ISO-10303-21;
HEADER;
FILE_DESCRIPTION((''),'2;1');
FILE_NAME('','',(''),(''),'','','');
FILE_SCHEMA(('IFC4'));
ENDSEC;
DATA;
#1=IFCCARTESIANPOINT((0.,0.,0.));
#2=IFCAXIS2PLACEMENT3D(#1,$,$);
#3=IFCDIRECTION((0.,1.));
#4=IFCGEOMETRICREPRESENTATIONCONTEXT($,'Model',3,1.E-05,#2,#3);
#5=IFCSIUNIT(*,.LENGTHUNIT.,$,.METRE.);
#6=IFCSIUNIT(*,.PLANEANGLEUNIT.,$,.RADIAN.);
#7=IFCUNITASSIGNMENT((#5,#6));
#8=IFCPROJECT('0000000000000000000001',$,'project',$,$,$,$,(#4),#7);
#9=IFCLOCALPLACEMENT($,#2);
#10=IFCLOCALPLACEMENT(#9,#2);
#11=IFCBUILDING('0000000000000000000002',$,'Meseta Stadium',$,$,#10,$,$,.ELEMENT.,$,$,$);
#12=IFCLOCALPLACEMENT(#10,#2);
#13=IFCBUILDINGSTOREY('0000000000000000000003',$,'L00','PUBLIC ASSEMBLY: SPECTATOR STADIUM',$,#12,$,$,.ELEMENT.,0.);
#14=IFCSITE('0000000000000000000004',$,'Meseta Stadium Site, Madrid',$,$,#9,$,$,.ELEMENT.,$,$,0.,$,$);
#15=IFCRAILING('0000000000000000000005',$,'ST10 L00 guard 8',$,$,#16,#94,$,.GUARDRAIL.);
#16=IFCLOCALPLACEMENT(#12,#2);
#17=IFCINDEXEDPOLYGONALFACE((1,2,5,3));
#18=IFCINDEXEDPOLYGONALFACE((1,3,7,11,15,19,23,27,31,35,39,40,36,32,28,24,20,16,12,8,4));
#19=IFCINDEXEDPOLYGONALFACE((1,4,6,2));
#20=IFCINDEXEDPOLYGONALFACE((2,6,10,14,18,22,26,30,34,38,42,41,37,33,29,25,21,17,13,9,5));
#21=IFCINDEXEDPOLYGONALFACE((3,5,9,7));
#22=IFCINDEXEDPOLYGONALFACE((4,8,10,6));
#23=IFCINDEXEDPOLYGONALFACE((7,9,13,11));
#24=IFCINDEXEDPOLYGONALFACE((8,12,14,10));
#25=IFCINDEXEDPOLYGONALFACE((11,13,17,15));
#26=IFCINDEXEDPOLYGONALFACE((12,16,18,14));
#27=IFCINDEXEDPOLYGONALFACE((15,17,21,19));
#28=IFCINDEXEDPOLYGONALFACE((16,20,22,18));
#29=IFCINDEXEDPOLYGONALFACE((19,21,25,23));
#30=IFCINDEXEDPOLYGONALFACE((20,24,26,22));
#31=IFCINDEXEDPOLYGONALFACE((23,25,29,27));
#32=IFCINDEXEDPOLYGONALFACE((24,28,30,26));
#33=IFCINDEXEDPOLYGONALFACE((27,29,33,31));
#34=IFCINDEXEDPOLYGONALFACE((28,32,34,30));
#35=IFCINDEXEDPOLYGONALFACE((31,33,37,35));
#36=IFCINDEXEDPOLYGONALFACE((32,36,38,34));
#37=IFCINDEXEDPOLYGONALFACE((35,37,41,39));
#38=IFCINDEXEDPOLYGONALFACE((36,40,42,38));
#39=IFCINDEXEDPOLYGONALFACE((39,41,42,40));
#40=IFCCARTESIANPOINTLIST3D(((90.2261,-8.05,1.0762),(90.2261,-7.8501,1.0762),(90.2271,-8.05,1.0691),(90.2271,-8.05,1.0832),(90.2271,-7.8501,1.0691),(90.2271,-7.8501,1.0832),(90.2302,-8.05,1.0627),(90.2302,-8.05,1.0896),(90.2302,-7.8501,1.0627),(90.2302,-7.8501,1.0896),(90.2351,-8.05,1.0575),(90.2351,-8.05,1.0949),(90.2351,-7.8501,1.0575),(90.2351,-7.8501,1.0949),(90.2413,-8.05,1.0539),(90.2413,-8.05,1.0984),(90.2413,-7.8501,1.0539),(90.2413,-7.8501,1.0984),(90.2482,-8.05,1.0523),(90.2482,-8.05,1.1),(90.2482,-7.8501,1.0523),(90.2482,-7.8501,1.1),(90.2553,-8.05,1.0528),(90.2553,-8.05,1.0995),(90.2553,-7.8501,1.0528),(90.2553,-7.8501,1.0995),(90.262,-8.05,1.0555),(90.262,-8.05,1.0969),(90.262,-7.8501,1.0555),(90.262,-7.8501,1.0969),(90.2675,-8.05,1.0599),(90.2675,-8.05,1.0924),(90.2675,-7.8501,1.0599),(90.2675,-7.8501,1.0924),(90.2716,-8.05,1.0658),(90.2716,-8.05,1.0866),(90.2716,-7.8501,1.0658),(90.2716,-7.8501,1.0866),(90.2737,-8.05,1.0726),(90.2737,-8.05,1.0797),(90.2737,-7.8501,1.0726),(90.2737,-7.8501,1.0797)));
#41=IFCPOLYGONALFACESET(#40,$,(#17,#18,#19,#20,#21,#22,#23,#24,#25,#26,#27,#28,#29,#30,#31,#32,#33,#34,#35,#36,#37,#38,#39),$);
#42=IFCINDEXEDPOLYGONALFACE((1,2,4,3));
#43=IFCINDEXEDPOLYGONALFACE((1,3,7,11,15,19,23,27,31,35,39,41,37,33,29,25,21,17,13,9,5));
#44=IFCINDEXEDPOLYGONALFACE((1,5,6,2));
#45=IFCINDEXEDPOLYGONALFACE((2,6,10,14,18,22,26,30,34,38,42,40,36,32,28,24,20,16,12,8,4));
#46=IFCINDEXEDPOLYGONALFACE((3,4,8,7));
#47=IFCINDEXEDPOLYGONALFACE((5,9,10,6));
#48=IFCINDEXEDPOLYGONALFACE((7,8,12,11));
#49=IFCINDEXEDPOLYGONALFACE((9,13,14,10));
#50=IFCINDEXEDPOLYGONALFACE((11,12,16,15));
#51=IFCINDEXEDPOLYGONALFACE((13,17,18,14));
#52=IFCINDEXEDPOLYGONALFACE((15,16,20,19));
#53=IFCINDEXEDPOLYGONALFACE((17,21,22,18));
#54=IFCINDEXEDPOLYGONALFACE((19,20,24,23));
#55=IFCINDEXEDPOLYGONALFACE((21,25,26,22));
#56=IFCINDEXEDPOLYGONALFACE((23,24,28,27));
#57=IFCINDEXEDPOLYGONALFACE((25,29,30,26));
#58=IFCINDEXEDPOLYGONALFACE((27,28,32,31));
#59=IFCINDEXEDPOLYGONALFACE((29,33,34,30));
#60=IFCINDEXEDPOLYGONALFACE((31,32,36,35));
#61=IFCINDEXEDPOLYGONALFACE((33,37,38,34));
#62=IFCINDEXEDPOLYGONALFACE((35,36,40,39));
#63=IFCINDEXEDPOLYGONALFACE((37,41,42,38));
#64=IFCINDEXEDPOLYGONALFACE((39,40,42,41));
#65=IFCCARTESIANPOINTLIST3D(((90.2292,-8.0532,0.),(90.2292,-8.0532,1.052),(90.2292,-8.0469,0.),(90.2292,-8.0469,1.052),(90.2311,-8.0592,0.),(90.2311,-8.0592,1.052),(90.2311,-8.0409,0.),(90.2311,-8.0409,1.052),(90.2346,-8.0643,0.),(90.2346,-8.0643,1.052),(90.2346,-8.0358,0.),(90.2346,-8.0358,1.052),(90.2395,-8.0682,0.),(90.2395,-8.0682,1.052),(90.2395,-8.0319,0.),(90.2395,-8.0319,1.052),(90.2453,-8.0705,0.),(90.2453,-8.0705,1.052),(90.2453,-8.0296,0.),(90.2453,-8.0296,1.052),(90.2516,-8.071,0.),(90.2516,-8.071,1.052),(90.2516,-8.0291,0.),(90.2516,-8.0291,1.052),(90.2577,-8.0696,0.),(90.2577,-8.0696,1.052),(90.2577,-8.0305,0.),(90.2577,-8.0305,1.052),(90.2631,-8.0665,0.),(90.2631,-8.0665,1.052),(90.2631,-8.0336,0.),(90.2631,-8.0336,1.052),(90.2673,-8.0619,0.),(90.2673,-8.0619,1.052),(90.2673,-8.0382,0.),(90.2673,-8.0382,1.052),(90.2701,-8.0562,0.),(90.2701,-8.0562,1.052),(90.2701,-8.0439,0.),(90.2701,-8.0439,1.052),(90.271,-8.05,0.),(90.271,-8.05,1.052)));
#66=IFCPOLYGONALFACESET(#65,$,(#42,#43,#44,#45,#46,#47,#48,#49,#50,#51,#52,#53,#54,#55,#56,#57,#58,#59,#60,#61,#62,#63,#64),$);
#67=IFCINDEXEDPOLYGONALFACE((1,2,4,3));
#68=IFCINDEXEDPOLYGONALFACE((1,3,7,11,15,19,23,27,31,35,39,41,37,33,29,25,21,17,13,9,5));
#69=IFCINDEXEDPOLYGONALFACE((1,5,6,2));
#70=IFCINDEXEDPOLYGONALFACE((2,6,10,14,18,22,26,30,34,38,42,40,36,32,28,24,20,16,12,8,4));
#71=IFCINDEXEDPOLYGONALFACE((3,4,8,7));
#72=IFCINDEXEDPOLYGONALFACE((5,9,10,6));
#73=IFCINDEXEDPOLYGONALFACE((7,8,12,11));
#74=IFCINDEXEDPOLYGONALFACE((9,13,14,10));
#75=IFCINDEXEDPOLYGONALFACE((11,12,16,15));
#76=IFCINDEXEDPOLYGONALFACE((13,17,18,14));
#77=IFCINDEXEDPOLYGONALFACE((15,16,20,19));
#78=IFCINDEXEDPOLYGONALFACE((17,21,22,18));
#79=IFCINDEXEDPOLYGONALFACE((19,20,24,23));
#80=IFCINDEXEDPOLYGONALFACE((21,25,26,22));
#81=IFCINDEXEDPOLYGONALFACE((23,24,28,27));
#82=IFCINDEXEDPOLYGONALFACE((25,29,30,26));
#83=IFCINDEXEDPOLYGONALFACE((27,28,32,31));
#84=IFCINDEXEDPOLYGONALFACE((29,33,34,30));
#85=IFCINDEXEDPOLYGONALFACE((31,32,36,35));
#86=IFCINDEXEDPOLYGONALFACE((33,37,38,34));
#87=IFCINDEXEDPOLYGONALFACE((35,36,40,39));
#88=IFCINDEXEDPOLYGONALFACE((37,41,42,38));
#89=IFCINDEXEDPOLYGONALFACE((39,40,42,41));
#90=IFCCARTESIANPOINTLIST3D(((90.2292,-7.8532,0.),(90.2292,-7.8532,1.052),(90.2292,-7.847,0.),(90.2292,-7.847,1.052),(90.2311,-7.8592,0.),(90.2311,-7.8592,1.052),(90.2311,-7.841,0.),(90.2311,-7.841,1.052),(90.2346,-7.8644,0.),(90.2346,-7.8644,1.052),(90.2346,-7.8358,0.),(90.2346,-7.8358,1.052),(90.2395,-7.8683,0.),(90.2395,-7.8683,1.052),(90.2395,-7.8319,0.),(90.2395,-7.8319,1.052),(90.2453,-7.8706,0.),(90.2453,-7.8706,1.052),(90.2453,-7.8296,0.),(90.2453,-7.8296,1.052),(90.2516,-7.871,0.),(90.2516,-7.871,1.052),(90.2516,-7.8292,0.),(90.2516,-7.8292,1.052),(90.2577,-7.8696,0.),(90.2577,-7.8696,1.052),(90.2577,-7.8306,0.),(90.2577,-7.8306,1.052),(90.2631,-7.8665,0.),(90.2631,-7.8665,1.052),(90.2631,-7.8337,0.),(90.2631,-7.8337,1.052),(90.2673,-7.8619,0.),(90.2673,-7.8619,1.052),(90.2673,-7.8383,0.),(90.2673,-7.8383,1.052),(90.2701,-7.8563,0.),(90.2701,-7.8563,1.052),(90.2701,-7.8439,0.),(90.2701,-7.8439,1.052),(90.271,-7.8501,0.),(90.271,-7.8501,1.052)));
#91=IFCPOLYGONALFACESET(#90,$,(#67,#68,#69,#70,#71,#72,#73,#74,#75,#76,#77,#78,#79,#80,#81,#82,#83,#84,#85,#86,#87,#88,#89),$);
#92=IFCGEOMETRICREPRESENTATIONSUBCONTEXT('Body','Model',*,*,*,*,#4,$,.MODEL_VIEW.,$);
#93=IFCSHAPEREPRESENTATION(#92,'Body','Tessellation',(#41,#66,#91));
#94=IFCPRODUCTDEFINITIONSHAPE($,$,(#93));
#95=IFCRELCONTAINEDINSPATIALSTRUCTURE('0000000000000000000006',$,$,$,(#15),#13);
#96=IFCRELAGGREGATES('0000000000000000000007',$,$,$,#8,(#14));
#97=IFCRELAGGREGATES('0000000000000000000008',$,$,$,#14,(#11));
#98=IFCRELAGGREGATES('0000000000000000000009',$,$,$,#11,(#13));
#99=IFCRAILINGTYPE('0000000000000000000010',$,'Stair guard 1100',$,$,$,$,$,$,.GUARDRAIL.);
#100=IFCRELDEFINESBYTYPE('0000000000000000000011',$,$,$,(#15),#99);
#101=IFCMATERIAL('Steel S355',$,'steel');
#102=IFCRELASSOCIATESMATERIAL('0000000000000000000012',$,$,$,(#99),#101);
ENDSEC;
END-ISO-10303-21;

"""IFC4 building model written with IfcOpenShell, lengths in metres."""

from ifc_helpers import new_model, si_unit, direction, frame, origin, origin_2d, place, context, subcontext, project, spatial, circle, extrude, material, type_object, element, save


model = new_model("IFC4")

# Units and contexts
model_context = context("Model", 3, precision=1e-05, world=origin(), true_north=direction((0.0, 1.0)))
body_context = subcontext(model_context, "Body", "Model", "MODEL_VIEW")
ifc_project = project(units=[si_unit("LENGTHUNIT", "METRE"), si_unit("PLANEANGLEUNIT", "RADIAN")], contexts=[model_context])

# Site, building, storey
site_placement = place(None, origin())
site = spatial("IfcSite", under=ifc_project, at=site_placement, Name="Meseta Stadium Site, Madrid", CompositionType="ELEMENT", RefElevation=0.0)
building_placement = place(site_placement, origin())
building = spatial("IfcBuilding", under=site, at=building_placement, Name="Meseta Stadium", CompositionType="ELEMENT")
storey_placement = place(building_placement, origin())
storey = spatial("IfcBuildingStorey", under=building, at=storey_placement, Name="L00", Description="PUBLIC ASSEMBLY: SPECTATOR STADIUM", CompositionType="ELEMENT", Elevation=0.0)

# Railing
ifc_material_1 = material(Name="Steel S355", Category="steel")
railing_type_1 = type_object("IfcRailingType", Name="Stair guard 1100", PredefinedType="GUARDRAIL", material=ifc_material_1)
railing_1_placement = place(storey_placement, frame((90.25, -8.05, 0.0)))
element("IfcRailing", 1, at=railing_1_placement, inside=storey, type_object=railing_type_1, Name="ST10 L00 guard 8", PredefinedType="GUARDRAIL", context=body_context, shape_type="SweptSolid", body=[
    extrude(circle(Radius=0.0239, at=origin_2d()), frame((0.0, 0.0, 1.0762), z_axis=(0.0, 1.0, 0.0), x_axis=(-1.0, 0.0, 0.0)), (0.0, 0.0, 1.0), 0.2),
    extrude(circle(Radius=0.021, at=origin_2d()), origin(), (0.0, 0.0, 1.0), 1.052),
    extrude(circle(Radius=0.021, at=origin_2d()), frame((0.0, 0.2, 0.0)), (0.0, 0.0, 1.0), 1.052),
])

save(model, "model.ifc")
